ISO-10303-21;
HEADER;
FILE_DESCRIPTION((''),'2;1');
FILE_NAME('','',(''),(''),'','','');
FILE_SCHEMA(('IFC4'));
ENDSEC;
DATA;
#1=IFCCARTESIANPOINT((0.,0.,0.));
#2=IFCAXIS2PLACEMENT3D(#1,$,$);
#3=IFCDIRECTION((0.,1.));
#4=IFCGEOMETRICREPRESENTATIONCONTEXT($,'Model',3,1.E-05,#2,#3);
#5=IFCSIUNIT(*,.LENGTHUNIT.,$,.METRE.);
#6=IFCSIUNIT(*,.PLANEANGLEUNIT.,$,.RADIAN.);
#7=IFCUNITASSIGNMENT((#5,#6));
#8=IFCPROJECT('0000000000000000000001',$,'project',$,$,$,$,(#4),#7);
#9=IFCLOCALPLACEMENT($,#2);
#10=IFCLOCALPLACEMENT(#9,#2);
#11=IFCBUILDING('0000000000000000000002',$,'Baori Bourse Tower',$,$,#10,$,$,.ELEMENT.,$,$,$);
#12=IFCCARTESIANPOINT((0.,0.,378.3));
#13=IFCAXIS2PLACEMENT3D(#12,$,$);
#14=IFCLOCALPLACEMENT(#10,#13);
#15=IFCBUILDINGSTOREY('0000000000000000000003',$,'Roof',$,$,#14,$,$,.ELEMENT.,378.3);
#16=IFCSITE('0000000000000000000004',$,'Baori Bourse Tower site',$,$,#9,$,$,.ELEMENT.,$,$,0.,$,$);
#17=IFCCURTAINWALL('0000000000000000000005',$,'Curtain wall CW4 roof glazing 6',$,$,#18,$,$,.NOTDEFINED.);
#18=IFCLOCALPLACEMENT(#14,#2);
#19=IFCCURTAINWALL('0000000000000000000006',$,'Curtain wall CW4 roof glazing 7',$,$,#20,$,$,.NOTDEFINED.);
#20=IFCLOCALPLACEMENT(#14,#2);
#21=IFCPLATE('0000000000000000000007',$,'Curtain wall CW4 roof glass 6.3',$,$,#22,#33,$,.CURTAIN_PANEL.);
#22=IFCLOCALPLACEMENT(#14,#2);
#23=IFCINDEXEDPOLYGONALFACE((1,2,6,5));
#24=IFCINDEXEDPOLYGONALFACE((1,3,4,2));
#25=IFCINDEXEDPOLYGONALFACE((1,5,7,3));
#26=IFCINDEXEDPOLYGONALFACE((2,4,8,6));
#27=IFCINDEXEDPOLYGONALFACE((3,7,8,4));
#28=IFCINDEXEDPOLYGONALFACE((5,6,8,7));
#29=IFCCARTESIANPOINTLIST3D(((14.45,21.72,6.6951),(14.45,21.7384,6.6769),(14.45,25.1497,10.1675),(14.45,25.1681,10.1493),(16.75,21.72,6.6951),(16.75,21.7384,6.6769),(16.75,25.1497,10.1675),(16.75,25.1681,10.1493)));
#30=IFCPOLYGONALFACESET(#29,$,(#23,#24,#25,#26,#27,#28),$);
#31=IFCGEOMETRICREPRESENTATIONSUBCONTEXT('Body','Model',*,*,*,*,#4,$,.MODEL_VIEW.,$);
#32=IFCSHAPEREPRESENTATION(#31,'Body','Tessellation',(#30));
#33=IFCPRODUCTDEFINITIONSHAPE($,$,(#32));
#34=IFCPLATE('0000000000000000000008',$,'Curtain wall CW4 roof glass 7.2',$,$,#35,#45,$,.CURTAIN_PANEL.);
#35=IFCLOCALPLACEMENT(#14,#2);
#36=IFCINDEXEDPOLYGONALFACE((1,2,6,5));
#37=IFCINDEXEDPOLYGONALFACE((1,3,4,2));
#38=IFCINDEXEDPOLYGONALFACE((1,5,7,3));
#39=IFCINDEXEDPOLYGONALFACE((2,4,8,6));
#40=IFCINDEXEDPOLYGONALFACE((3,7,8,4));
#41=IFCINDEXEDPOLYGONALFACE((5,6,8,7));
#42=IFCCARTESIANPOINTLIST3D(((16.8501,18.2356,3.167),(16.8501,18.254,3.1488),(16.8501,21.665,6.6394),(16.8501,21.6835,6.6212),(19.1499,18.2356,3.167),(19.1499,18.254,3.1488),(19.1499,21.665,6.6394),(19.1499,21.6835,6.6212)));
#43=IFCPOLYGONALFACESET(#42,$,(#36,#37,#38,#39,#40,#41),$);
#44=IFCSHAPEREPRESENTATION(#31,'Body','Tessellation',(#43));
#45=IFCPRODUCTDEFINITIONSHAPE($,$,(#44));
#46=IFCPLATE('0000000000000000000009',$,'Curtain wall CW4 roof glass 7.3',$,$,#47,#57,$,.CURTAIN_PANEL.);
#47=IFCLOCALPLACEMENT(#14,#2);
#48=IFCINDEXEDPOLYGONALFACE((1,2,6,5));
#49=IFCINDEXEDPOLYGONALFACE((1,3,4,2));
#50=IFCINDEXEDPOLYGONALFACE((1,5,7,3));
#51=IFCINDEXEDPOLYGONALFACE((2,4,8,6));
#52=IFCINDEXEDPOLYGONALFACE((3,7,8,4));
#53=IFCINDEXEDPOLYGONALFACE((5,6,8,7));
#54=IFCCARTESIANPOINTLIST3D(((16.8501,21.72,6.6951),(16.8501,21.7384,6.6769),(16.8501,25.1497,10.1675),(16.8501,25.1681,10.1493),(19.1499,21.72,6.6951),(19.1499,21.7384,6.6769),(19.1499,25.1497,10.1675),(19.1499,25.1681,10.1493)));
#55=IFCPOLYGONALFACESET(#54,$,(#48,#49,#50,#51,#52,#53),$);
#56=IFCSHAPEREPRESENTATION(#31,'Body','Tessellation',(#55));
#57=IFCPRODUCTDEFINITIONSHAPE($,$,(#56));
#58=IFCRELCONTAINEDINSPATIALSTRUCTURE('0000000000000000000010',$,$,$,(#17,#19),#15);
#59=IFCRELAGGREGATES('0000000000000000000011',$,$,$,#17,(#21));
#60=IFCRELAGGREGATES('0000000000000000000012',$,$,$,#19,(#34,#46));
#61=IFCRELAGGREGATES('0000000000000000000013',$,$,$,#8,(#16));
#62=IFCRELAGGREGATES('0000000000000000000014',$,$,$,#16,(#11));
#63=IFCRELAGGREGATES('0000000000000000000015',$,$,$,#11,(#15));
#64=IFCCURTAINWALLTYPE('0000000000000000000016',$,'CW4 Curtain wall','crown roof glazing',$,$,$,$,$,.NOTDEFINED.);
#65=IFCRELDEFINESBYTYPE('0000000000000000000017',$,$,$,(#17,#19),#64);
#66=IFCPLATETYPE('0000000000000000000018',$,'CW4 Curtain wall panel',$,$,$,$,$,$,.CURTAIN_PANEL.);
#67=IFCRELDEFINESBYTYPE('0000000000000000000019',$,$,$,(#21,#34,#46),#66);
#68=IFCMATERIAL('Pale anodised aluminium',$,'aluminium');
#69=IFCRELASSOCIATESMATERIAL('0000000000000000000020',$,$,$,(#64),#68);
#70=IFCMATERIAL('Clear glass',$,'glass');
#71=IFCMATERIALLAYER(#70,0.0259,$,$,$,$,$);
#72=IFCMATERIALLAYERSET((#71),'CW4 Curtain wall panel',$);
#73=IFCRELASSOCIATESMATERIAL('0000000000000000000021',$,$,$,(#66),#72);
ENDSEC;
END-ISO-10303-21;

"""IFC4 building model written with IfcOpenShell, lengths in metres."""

from ifc_helpers import new_model, si_unit, direction, frame, origin, place, context, subcontext, project, spatial, polyline, outline, extrude, material, layer, layer_set, type_object, element, aggregate, save


model = new_model("IFC4")

# Units and contexts
model_context = context("Model", 3, precision=1e-05, world=origin(), true_north=direction((0.0, 1.0)))
body_context = subcontext(model_context, "Body", "Model", "MODEL_VIEW")
ifc_project = project(units=[si_unit("LENGTHUNIT", "METRE"), si_unit("PLANEANGLEUNIT", "RADIAN")], contexts=[model_context])

# Site, building, storey
site_placement = place(None, origin())
site = spatial("IfcSite", under=ifc_project, at=site_placement, Name="Baori Bourse Tower site", CompositionType="ELEMENT", RefElevation=0.0)
building_placement = place(site_placement, origin())
building = spatial("IfcBuilding", under=site, at=building_placement, Name="Baori Bourse Tower", CompositionType="ELEMENT")
storey_placement = place(building_placement, frame((0.0, 0.0, 378.3)))
storey = spatial("IfcBuildingStorey", under=building, at=storey_placement, Name="Roof", CompositionType="ELEMENT", Elevation=378.3)

# Curtain walls
ifc_material_1 = material(Name="Pale anodised aluminium", Category="aluminium")
curtain_wall_type = type_object("IfcCurtainWallType", Name="CW4 Curtain wall", Description="crown roof glazing", PredefinedType="NOTDEFINED", material=ifc_material_1)
curtain_wall_1_placement = place(storey_placement, origin())
curtain_wall_1 = element("IfcCurtainWall", 1, at=curtain_wall_1_placement, inside=storey, type_object=curtain_wall_type, Name="Curtain wall CW4 roof glazing 6", PredefinedType="NOTDEFINED")
curtain_wall_2_placement = place(storey_placement, origin())
curtain_wall_2 = element("IfcCurtainWall", 2, at=curtain_wall_2_placement, inside=storey, type_object=curtain_wall_type, Name="Curtain wall CW4 roof glazing 7", PredefinedType="NOTDEFINED")

# Plates
ifc_material_2 = material(Name="Clear glass", Category="glass")
ifc_layer = layer(ifc_material_2, 0.0259)
ifc_layer_set = layer_set([ifc_layer], Name="CW4 Curtain wall panel")
plate_type = type_object("IfcPlateType", Name="CW4 Curtain wall panel", PredefinedType="CURTAIN_PANEL", material=ifc_layer_set)
plate_1_placement = place(storey_placement, frame((14.45, 21.72, 6.6951), z_axis=(0.0, -0.71147, 0.702716), x_axis=(1.0, 0.0, 0.0)))
plate_1 = element("IfcPlate", 3, at=plate_1_placement, type_object=plate_type, Name="Curtain wall CW4 roof glass 6.3", PredefinedType="CURTAIN_PANEL", context=body_context, shape_type="SweptSolid", body=[
    extrude(outline(polyline([(0.0, 0.0), (2.3, 0.0), (2.3, 4.8806), (0.0, 4.8806), (0.0, 0.0)])), origin(), (0.0, 0.0, -1.0), 0.0259),
])
aggregate(curtain_wall_1, [plate_1])
plate_2_placement = place(storey_placement, frame((16.8501, 18.2356, 3.167), z_axis=(0.0, -0.711495, 0.702691), x_axis=(1.0, 0.0, 0.0)))
plate_2 = element("IfcPlate", 4, at=plate_2_placement, type_object=plate_type, Name="Curtain wall CW4 roof glass 7.2", PredefinedType="CURTAIN_PANEL", context=body_context, shape_type="SweptSolid", body=[
    extrude(outline(polyline([(0.0, 0.0), (2.2998, 0.0), (2.2998, 4.8804), (0.0, 4.8804), (0.0, 0.0)])), origin(), (0.0, 0.0, -1.0), 0.0259),
])
plate_3_placement = place(storey_placement, frame((16.8501, 21.72, 6.6951), z_axis=(0.0, -0.71147, 0.702716), x_axis=(1.0, 0.0, 0.0)))
plate_3 = element("IfcPlate", 5, at=plate_3_placement, type_object=plate_type, Name="Curtain wall CW4 roof glass 7.3", PredefinedType="CURTAIN_PANEL", context=body_context, shape_type="SweptSolid", body=[
    extrude(outline(polyline([(0.0, 0.0), (2.2998, 0.0), (2.2998, 4.8806), (0.0, 4.8806), (0.0, 0.0)])), origin(), (0.0, 0.0, -1.0), 0.0259),
])
aggregate(curtain_wall_2, [plate_2, plate_3])

save(model, "model.ifc")
